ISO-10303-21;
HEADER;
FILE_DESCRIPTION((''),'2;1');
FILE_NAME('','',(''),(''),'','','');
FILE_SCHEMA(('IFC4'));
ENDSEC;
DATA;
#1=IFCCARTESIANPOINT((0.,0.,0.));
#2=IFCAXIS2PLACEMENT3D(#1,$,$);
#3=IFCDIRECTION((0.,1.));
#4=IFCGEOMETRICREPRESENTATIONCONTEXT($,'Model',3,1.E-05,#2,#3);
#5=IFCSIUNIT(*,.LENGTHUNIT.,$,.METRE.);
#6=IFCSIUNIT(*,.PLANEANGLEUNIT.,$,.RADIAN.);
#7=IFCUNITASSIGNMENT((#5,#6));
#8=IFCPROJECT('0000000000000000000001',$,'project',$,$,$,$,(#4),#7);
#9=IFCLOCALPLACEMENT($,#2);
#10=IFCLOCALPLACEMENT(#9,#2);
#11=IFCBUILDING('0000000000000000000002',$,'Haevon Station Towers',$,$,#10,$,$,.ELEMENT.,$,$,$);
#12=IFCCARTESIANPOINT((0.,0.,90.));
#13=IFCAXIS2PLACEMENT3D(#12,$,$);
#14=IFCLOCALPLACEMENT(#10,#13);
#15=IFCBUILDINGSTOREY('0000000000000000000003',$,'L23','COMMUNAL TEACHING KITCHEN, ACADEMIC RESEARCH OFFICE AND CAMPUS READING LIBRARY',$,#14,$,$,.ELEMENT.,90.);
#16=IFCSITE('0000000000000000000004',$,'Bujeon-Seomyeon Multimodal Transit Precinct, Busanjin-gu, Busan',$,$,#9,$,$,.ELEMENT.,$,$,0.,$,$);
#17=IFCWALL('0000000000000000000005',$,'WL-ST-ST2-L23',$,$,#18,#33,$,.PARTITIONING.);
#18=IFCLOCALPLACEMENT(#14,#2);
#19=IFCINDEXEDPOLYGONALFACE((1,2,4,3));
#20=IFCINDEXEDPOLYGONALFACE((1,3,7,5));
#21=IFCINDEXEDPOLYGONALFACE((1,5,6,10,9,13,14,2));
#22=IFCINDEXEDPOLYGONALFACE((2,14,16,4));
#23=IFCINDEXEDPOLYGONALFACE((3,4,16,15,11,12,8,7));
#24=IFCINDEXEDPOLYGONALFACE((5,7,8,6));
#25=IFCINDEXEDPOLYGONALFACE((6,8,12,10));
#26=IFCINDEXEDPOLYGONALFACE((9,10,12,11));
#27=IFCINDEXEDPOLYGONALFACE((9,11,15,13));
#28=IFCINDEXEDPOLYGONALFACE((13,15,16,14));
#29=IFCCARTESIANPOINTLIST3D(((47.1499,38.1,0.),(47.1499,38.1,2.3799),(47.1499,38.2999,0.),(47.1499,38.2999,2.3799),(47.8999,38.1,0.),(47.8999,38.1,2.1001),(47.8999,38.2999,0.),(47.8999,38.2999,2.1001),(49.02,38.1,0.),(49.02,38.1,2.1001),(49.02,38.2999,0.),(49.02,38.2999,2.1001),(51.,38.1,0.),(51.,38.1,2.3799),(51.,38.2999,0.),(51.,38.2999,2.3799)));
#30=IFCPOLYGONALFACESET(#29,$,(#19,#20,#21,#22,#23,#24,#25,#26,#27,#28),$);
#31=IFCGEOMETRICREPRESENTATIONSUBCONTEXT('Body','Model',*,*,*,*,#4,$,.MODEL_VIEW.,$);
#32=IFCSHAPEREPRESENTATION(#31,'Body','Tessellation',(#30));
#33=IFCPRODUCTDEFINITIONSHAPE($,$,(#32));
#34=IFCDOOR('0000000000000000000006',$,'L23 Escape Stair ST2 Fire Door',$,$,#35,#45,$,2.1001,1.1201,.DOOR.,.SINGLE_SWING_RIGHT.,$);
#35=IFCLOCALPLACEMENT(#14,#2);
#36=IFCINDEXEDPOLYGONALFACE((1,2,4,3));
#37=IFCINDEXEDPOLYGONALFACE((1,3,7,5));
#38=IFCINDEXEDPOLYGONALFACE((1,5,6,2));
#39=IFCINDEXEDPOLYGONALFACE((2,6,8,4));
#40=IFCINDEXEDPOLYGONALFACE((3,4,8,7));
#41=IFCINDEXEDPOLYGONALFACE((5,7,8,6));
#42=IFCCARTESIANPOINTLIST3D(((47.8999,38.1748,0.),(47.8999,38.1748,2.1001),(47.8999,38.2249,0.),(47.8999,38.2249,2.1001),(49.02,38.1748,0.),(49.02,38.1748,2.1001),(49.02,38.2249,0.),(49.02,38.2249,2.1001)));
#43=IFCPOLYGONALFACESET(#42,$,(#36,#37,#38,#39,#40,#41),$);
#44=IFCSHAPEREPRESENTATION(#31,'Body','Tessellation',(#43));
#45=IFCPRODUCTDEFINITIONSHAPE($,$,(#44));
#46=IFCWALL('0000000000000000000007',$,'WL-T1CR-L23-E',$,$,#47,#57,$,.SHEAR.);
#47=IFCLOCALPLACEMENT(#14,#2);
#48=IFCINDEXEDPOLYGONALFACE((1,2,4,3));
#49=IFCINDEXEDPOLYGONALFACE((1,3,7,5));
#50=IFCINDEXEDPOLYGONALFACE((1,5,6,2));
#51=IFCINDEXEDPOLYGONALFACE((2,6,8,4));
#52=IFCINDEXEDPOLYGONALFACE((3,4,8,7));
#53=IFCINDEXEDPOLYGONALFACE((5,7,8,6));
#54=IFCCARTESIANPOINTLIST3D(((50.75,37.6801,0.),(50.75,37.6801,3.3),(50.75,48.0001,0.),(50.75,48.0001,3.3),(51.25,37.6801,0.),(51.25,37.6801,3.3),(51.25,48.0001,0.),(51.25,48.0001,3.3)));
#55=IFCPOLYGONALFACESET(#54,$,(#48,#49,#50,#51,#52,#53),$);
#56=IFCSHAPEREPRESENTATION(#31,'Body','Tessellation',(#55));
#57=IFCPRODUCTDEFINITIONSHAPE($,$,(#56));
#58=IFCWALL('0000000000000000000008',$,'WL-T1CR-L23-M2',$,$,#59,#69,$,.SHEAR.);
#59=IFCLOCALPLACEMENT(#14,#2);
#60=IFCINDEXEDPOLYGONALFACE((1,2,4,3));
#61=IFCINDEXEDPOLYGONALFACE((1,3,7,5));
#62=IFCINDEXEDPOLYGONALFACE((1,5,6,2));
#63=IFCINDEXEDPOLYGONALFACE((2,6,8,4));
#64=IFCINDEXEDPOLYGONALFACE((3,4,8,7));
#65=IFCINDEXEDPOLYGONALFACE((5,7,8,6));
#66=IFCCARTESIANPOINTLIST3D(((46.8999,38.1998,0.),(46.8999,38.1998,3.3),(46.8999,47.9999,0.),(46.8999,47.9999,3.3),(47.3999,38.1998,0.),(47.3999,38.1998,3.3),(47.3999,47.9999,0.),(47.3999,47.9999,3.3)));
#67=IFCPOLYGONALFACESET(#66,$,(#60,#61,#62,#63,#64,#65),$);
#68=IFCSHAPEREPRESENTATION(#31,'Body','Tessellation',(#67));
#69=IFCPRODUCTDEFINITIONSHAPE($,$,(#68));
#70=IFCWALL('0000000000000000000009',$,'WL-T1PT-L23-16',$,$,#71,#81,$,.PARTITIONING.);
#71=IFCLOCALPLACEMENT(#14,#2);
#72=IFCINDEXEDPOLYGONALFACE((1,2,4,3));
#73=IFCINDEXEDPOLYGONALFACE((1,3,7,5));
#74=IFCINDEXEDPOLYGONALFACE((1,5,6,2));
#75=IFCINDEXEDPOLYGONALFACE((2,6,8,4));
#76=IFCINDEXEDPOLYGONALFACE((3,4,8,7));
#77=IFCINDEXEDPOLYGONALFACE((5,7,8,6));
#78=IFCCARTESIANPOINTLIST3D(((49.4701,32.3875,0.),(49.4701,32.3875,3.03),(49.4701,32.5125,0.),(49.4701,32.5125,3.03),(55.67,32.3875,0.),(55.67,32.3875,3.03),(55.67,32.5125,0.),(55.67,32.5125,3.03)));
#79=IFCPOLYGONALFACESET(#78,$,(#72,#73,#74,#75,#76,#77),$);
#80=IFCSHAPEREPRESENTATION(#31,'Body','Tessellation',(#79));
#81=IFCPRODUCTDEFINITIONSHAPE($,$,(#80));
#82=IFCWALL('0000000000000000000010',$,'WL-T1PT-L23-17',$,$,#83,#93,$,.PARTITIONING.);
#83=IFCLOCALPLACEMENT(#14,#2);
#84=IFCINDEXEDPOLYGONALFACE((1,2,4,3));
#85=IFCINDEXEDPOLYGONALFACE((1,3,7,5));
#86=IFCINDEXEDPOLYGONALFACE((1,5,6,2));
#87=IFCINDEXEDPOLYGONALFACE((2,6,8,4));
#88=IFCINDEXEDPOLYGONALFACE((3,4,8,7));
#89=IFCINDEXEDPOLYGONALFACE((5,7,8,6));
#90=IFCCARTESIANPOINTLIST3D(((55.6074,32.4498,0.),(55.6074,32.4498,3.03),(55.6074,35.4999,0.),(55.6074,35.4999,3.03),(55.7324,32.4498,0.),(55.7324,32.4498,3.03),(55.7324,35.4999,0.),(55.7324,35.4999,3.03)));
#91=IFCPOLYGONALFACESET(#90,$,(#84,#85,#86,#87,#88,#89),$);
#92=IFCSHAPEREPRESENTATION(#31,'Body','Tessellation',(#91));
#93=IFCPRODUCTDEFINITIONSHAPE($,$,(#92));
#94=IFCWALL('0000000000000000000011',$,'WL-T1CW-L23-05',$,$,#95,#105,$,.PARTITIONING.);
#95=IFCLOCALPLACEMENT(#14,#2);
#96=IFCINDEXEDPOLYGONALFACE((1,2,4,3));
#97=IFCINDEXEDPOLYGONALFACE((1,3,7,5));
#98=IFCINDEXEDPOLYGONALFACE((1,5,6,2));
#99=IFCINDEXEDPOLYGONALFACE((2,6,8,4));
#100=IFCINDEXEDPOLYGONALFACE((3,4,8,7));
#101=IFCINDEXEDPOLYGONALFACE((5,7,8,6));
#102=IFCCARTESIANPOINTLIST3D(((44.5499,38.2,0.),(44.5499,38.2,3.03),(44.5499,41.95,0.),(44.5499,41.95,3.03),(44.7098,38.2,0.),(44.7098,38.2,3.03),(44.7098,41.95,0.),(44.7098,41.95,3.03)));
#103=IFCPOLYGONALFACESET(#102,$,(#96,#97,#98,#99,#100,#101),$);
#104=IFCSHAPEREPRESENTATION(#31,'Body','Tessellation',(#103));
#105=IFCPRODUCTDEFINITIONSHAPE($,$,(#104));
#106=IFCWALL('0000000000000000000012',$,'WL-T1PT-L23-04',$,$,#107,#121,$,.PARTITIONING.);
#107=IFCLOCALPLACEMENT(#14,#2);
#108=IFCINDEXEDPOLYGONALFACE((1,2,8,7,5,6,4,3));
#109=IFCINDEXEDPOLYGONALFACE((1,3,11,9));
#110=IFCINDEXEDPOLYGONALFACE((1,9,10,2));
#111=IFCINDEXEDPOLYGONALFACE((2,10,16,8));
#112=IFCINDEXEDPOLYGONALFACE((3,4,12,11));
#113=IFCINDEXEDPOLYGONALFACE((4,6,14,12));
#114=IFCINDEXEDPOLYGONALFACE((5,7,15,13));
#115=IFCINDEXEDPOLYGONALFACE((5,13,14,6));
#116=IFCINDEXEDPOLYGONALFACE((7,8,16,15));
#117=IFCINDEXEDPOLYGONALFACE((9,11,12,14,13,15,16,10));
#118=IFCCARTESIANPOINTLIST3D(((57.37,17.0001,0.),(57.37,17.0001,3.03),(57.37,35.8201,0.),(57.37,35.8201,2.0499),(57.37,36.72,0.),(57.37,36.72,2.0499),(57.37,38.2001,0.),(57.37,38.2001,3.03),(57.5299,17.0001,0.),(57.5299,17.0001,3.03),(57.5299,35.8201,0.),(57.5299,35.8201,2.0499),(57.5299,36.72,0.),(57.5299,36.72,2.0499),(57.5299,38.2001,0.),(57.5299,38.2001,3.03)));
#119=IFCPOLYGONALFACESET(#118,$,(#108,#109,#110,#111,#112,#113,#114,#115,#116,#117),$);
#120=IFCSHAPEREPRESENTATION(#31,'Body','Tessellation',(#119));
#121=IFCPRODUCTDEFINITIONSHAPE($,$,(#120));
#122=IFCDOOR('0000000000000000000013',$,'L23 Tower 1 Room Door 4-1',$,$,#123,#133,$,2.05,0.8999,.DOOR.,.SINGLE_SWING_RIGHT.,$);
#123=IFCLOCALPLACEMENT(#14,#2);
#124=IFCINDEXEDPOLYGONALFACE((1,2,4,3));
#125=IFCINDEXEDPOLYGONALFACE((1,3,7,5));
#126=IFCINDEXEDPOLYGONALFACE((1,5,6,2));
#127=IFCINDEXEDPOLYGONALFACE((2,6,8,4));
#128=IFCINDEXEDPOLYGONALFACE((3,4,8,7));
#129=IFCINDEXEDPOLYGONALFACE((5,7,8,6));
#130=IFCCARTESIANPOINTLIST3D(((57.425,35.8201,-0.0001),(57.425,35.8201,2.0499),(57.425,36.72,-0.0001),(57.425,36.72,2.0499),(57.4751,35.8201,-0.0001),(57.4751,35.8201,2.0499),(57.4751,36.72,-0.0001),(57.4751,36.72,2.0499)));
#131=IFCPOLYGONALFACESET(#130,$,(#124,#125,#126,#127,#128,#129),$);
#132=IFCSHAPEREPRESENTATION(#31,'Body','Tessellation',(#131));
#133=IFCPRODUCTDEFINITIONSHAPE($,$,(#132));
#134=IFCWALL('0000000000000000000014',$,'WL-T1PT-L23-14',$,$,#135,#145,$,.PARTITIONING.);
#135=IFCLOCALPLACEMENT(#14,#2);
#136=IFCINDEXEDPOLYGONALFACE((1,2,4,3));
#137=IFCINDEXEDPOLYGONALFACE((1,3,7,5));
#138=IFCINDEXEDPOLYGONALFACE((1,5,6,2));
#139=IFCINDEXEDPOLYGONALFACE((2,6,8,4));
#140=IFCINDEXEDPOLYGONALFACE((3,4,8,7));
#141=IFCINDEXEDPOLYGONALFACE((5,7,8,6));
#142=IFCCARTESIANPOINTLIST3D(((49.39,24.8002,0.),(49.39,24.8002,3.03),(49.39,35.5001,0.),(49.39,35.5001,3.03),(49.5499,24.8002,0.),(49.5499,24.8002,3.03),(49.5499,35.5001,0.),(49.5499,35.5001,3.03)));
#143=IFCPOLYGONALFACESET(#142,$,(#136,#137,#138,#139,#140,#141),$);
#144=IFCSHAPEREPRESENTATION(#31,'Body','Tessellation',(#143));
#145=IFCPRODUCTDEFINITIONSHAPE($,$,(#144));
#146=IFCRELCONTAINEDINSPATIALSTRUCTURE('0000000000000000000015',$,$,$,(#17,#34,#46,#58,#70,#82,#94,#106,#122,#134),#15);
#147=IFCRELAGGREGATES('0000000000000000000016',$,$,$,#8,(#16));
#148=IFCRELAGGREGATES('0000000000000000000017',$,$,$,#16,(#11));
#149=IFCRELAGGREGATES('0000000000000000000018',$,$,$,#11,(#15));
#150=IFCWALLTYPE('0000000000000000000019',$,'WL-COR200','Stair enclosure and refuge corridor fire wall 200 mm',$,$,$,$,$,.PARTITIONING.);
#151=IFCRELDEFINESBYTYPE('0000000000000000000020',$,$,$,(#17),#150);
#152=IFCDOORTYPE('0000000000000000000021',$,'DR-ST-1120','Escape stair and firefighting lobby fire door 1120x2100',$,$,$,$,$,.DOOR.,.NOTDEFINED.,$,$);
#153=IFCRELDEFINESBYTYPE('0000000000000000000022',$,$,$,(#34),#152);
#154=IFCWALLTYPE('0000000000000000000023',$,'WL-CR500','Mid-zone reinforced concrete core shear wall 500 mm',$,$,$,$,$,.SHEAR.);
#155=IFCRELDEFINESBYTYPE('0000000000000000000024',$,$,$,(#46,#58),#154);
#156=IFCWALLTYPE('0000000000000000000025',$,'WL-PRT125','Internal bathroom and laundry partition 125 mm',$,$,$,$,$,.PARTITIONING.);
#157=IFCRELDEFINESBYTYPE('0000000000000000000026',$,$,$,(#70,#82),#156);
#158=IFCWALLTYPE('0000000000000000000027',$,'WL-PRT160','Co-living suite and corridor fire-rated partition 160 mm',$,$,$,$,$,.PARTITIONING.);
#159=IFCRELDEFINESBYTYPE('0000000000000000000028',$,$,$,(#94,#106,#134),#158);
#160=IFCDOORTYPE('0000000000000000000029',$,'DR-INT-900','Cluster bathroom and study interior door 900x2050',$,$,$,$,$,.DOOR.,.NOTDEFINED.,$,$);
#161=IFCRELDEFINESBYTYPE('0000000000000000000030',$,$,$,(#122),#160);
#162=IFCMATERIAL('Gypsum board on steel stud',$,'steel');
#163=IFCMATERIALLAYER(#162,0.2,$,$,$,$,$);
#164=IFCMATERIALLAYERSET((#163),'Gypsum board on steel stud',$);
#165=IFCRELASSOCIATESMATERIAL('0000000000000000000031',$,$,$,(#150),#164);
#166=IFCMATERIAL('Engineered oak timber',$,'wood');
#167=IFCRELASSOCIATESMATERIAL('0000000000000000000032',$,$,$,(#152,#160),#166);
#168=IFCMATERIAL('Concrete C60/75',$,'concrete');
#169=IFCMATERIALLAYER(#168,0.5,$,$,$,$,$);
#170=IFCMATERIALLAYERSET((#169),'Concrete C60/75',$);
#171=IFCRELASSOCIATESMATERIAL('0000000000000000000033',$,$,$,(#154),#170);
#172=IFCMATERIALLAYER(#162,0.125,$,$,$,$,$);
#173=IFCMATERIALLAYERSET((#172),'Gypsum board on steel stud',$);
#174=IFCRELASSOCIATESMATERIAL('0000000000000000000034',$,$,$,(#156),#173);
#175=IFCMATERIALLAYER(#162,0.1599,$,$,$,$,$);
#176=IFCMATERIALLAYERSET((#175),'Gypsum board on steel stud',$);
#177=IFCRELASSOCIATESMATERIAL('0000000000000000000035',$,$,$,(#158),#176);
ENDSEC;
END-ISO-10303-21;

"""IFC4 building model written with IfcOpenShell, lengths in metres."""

from ifc_helpers import new_model, si_unit, direction, frame, frame_2d, origin, place, context, subcontext, project, spatial, rectangle, extrude, material, layer, layer_set, type_object, element, fill, save


model = new_model("IFC4")

# Units and contexts
model_context = context("Model", 3, precision=1e-05, world=origin(), true_north=direction((0.0, 1.0)))
body_context = subcontext(model_context, "Body", "Model", "MODEL_VIEW")
ifc_project = project(units=[si_unit("LENGTHUNIT", "METRE"), si_unit("PLANEANGLEUNIT", "RADIAN")], contexts=[model_context])

# Site, building, storey
site_placement = place(None, origin())
site = spatial("IfcSite", under=ifc_project, at=site_placement, Name="Bujeon-Seomyeon Multimodal Transit Precinct, Busanjin-gu, Busan", CompositionType="ELEMENT", RefElevation=0.0)
building_placement = place(site_placement, origin())
building = spatial("IfcBuilding", under=site, at=building_placement, Name="Haevon Station Towers", CompositionType="ELEMENT")
storey_placement = place(building_placement, frame((0.0, 0.0, 90.0)))
storey = spatial("IfcBuildingStorey", under=building, at=storey_placement, Name="L23", Description="COMMUNAL TEACHING KITCHEN, ACADEMIC RESEARCH OFFICE AND CAMPUS READING LIBRARY", CompositionType="ELEMENT", Elevation=90.0)

# Wall, opening, door
ifc_material_1 = material(Name="Gypsum board on steel stud", Category="steel")
ifc_layer_1 = layer(ifc_material_1, 0.2)
ifc_layer_set_1 = layer_set([ifc_layer_1], Name="Gypsum board on steel stud")
wall_type_1 = type_object("IfcWallType", Name="WL-COR200", Description="Stair enclosure and refuge corridor fire wall 200 mm", PredefinedType="PARTITIONING", material=ifc_layer_set_1)
wall_1_placement = place(storey_placement, frame((47.1499, 38.2, 0.0), z_axis=(0.0, 0.0, 1.0), x_axis=(1.0, 0.0, 0.0)))
wall_1 = element("IfcWall", 1, at=wall_1_placement, inside=storey, type_object=wall_type_1, Name="WL-ST-ST2-L23", PredefinedType="PARTITIONING", context=body_context, shape_type="SweptSolid", body=[
    extrude(rectangle(XDim=3.8501, YDim=0.2, at=frame_2d((1.925, 0.0))), origin(), (0.0, 0.0, 1.0), 2.3799),
])
opening_1_placement = place(wall_1_placement, frame((0.75, 0.0, 0.0)))
opening_1 = element("IfcOpeningElement", 2, at=opening_1_placement, cuts=wall_1, PredefinedType="OPENING", context=body_context, shape_type="SweptSolid", body=[
    extrude(rectangle(XDim=1.1201, YDim=2.1001, at=frame_2d((0.5601, 1.05))), frame((0.0, 0.1099, 0.0), z_axis=(0.0, -1.0, 0.0), x_axis=(1.0, 0.0, 0.0)), (0.0, 0.0, 1.0), 0.22),
])
ifc_material_2 = material(Name="Engineered oak timber", Category="wood")
door_type_1 = type_object("IfcDoorType", Name="DR-ST-1120", Description="Escape stair and firefighting lobby fire door 1120x2100", OperationType="NOTDEFINED", PredefinedType="DOOR", material=ifc_material_2)
door_1_placement = place(opening_1_placement, origin())
door_1 = element("IfcDoor", 3, at=door_1_placement, inside=storey, type_object=door_type_1, Name="L23 Escape Stair ST2 Fire Door", OperationType="SINGLE_SWING_RIGHT", OverallHeight=2.1001, OverallWidth=1.1201, PredefinedType="DOOR", context=body_context, shape_type="SweptSolid", body=[
    extrude(rectangle(XDim=1.1201, YDim=2.1001, at=frame_2d((0.5601, 1.05))), frame((0.0, 0.0249, 0.0), z_axis=(0.0, -1.0, 0.0), x_axis=(1.0, 0.0, 0.0)), (0.0, 0.0, 1.0), 0.05),
])
fill(opening_1, door_1)

# Walls
ifc_material_3 = material(Name="Concrete C60/75", Category="concrete")
ifc_layer_2 = layer(ifc_material_3, 0.5)
ifc_layer_set_2 = layer_set([ifc_layer_2], Name="Concrete C60/75")
wall_type_2 = type_object("IfcWallType", Name="WL-CR500", Description="Mid-zone reinforced concrete core shear wall 500 mm", PredefinedType="SHEAR", material=ifc_layer_set_2)
wall_2_placement = place(storey_placement, frame((51.0, 37.6799, 0.0), z_axis=(0.0, 0.0, 1.0), x_axis=(0.0, 1.0, 0.0)))
element("IfcWall", 4, at=wall_2_placement, inside=storey, type_object=wall_type_2, Name="WL-T1CR-L23-E", PredefinedType="SHEAR", context=body_context, shape_type="SweptSolid", body=[
    extrude(rectangle(XDim=10.3201, YDim=0.5, at=frame_2d((5.1602, 0.0))), origin(), (0.0, 0.0, 1.0), 3.3),
])
wall_3_placement = place(storey_placement, frame((47.1499, 38.2, 0.0), z_axis=(0.0, 0.0, 1.0), x_axis=(0.0, 1.0, 0.0)))
element("IfcWall", 5, at=wall_3_placement, inside=storey, type_object=wall_type_2, Name="WL-T1CR-L23-M2", PredefinedType="SHEAR", context=body_context, shape_type="SweptSolid", body=[
    extrude(rectangle(XDim=9.8, YDim=0.5, at=frame_2d((4.8999, 0.0))), origin(), (0.0, 0.0, 1.0), 3.3),
])
ifc_layer_3 = layer(ifc_material_1, 0.125)
ifc_layer_set_3 = layer_set([ifc_layer_3], Name="Gypsum board on steel stud")
wall_type_3 = type_object("IfcWallType", Name="WL-PRT125", Description="Internal bathroom and laundry partition 125 mm", PredefinedType="PARTITIONING", material=ifc_layer_set_3)
wall_4_placement = place(storey_placement, frame((49.47, 32.45, 0.0), z_axis=(0.0, 0.0, 1.0), x_axis=(1.0, 0.0, 0.0)))
element("IfcWall", 6, at=wall_4_placement, inside=storey, type_object=wall_type_3, Name="WL-T1PT-L23-16", PredefinedType="PARTITIONING", context=body_context, shape_type="SweptSolid", body=[
    extrude(rectangle(XDim=6.2, YDim=0.125, at=frame_2d((3.1001, 0.0))), origin(), (0.0, 0.0, 1.0), 3.03),
])
wall_5_placement = place(storey_placement, frame((55.6699, 32.45, 0.0), z_axis=(0.0, 0.0, 1.0), x_axis=(0.0, 1.0, 0.0)))
element("IfcWall", 7, at=wall_5_placement, inside=storey, type_object=wall_type_3, Name="WL-T1PT-L23-17", PredefinedType="PARTITIONING", context=body_context, shape_type="SweptSolid", body=[
    extrude(rectangle(XDim=3.05, YDim=0.125, at=frame_2d((1.5249, 0.0))), origin(), (0.0, 0.0, 1.0), 3.03),
])
ifc_layer_4 = layer(ifc_material_1, 0.1599)
ifc_layer_set_4 = layer_set([ifc_layer_4], Name="Gypsum board on steel stud")
wall_type_4 = type_object("IfcWallType", Name="WL-PRT160", Description="Co-living suite and corridor fire-rated partition 160 mm", PredefinedType="PARTITIONING", material=ifc_layer_set_4)
wall_6_placement = place(storey_placement, frame((44.6299, 38.2, 0.0), z_axis=(0.0, 0.0, 1.0), x_axis=(0.0, 1.0, 0.0)))
element("IfcWall", 8, at=wall_6_placement, inside=storey, type_object=wall_type_4, Name="WL-T1CW-L23-05", PredefinedType="PARTITIONING", context=body_context, shape_type="SweptSolid", body=[
    extrude(rectangle(XDim=3.75, YDim=0.1599, at=frame_2d((1.875, 0.0))), origin(), (0.0, 0.0, 1.0), 3.03),
])

# Wall, opening, door
wall_7_placement = place(storey_placement, frame((57.45, 17.0, 0.0), z_axis=(0.0, 0.0, 1.0), x_axis=(0.0, 1.0, 0.0)))
wall_7 = element("IfcWall", 9, at=wall_7_placement, inside=storey, type_object=wall_type_4, Name="WL-T1PT-L23-04", PredefinedType="PARTITIONING", context=body_context, shape_type="SweptSolid", body=[
    extrude(rectangle(XDim=21.2, YDim=0.1599, at=frame_2d((10.6001, 0.0))), origin(), (0.0, 0.0, 1.0), 3.03),
])
opening_2_placement = place(wall_7_placement, frame((18.8201, 0.0, 0.0)))
opening_2 = element("IfcOpeningElement", 10, at=opening_2_placement, cuts=wall_7, PredefinedType="OPENING", context=body_context, shape_type="SweptSolid", body=[
    extrude(rectangle(XDim=0.8999, YDim=2.05, at=frame_2d((0.45, 1.0249))), frame((0.0, 0.0898, 0.0), z_axis=(0.0, -1.0, 0.0), x_axis=(1.0, 0.0, 0.0)), (0.0, 0.0, 1.0), 0.1799),
])
door_type_2 = type_object("IfcDoorType", Name="DR-INT-900", Description="Cluster bathroom and study interior door 900x2050", OperationType="NOTDEFINED", PredefinedType="DOOR", material=ifc_material_2)
door_2_placement = place(opening_2_placement, origin())
door_2 = element("IfcDoor", 11, at=door_2_placement, inside=storey, type_object=door_type_2, Name="L23 Tower 1 Room Door 4-1", OperationType="SINGLE_SWING_RIGHT", OverallHeight=2.05, OverallWidth=0.8999, PredefinedType="DOOR", context=body_context, shape_type="SweptSolid", body=[
    extrude(rectangle(XDim=0.8999, YDim=2.05, at=frame_2d((0.45, 1.0249))), frame((0.0, 0.0249, 0.0), z_axis=(0.0, -1.0, 0.0), x_axis=(1.0, 0.0, 0.0)), (0.0, 0.0, 1.0), 0.05),
])
fill(opening_2, door_2)

# Wall
wall_8_placement = place(storey_placement, frame((49.47, 24.8, 0.0), z_axis=(0.0, 0.0, 1.0), x_axis=(0.0, 1.0, 0.0)))
element("IfcWall", 12, at=wall_8_placement, inside=storey, type_object=wall_type_4, Name="WL-T1PT-L23-14", PredefinedType="PARTITIONING", context=body_context, shape_type="SweptSolid", body=[
    extrude(rectangle(XDim=10.7, YDim=0.1599, at=frame_2d((5.3501, 0.0))), origin(), (0.0, 0.0, 1.0), 3.03),
])

save(model, "model.ifc")
